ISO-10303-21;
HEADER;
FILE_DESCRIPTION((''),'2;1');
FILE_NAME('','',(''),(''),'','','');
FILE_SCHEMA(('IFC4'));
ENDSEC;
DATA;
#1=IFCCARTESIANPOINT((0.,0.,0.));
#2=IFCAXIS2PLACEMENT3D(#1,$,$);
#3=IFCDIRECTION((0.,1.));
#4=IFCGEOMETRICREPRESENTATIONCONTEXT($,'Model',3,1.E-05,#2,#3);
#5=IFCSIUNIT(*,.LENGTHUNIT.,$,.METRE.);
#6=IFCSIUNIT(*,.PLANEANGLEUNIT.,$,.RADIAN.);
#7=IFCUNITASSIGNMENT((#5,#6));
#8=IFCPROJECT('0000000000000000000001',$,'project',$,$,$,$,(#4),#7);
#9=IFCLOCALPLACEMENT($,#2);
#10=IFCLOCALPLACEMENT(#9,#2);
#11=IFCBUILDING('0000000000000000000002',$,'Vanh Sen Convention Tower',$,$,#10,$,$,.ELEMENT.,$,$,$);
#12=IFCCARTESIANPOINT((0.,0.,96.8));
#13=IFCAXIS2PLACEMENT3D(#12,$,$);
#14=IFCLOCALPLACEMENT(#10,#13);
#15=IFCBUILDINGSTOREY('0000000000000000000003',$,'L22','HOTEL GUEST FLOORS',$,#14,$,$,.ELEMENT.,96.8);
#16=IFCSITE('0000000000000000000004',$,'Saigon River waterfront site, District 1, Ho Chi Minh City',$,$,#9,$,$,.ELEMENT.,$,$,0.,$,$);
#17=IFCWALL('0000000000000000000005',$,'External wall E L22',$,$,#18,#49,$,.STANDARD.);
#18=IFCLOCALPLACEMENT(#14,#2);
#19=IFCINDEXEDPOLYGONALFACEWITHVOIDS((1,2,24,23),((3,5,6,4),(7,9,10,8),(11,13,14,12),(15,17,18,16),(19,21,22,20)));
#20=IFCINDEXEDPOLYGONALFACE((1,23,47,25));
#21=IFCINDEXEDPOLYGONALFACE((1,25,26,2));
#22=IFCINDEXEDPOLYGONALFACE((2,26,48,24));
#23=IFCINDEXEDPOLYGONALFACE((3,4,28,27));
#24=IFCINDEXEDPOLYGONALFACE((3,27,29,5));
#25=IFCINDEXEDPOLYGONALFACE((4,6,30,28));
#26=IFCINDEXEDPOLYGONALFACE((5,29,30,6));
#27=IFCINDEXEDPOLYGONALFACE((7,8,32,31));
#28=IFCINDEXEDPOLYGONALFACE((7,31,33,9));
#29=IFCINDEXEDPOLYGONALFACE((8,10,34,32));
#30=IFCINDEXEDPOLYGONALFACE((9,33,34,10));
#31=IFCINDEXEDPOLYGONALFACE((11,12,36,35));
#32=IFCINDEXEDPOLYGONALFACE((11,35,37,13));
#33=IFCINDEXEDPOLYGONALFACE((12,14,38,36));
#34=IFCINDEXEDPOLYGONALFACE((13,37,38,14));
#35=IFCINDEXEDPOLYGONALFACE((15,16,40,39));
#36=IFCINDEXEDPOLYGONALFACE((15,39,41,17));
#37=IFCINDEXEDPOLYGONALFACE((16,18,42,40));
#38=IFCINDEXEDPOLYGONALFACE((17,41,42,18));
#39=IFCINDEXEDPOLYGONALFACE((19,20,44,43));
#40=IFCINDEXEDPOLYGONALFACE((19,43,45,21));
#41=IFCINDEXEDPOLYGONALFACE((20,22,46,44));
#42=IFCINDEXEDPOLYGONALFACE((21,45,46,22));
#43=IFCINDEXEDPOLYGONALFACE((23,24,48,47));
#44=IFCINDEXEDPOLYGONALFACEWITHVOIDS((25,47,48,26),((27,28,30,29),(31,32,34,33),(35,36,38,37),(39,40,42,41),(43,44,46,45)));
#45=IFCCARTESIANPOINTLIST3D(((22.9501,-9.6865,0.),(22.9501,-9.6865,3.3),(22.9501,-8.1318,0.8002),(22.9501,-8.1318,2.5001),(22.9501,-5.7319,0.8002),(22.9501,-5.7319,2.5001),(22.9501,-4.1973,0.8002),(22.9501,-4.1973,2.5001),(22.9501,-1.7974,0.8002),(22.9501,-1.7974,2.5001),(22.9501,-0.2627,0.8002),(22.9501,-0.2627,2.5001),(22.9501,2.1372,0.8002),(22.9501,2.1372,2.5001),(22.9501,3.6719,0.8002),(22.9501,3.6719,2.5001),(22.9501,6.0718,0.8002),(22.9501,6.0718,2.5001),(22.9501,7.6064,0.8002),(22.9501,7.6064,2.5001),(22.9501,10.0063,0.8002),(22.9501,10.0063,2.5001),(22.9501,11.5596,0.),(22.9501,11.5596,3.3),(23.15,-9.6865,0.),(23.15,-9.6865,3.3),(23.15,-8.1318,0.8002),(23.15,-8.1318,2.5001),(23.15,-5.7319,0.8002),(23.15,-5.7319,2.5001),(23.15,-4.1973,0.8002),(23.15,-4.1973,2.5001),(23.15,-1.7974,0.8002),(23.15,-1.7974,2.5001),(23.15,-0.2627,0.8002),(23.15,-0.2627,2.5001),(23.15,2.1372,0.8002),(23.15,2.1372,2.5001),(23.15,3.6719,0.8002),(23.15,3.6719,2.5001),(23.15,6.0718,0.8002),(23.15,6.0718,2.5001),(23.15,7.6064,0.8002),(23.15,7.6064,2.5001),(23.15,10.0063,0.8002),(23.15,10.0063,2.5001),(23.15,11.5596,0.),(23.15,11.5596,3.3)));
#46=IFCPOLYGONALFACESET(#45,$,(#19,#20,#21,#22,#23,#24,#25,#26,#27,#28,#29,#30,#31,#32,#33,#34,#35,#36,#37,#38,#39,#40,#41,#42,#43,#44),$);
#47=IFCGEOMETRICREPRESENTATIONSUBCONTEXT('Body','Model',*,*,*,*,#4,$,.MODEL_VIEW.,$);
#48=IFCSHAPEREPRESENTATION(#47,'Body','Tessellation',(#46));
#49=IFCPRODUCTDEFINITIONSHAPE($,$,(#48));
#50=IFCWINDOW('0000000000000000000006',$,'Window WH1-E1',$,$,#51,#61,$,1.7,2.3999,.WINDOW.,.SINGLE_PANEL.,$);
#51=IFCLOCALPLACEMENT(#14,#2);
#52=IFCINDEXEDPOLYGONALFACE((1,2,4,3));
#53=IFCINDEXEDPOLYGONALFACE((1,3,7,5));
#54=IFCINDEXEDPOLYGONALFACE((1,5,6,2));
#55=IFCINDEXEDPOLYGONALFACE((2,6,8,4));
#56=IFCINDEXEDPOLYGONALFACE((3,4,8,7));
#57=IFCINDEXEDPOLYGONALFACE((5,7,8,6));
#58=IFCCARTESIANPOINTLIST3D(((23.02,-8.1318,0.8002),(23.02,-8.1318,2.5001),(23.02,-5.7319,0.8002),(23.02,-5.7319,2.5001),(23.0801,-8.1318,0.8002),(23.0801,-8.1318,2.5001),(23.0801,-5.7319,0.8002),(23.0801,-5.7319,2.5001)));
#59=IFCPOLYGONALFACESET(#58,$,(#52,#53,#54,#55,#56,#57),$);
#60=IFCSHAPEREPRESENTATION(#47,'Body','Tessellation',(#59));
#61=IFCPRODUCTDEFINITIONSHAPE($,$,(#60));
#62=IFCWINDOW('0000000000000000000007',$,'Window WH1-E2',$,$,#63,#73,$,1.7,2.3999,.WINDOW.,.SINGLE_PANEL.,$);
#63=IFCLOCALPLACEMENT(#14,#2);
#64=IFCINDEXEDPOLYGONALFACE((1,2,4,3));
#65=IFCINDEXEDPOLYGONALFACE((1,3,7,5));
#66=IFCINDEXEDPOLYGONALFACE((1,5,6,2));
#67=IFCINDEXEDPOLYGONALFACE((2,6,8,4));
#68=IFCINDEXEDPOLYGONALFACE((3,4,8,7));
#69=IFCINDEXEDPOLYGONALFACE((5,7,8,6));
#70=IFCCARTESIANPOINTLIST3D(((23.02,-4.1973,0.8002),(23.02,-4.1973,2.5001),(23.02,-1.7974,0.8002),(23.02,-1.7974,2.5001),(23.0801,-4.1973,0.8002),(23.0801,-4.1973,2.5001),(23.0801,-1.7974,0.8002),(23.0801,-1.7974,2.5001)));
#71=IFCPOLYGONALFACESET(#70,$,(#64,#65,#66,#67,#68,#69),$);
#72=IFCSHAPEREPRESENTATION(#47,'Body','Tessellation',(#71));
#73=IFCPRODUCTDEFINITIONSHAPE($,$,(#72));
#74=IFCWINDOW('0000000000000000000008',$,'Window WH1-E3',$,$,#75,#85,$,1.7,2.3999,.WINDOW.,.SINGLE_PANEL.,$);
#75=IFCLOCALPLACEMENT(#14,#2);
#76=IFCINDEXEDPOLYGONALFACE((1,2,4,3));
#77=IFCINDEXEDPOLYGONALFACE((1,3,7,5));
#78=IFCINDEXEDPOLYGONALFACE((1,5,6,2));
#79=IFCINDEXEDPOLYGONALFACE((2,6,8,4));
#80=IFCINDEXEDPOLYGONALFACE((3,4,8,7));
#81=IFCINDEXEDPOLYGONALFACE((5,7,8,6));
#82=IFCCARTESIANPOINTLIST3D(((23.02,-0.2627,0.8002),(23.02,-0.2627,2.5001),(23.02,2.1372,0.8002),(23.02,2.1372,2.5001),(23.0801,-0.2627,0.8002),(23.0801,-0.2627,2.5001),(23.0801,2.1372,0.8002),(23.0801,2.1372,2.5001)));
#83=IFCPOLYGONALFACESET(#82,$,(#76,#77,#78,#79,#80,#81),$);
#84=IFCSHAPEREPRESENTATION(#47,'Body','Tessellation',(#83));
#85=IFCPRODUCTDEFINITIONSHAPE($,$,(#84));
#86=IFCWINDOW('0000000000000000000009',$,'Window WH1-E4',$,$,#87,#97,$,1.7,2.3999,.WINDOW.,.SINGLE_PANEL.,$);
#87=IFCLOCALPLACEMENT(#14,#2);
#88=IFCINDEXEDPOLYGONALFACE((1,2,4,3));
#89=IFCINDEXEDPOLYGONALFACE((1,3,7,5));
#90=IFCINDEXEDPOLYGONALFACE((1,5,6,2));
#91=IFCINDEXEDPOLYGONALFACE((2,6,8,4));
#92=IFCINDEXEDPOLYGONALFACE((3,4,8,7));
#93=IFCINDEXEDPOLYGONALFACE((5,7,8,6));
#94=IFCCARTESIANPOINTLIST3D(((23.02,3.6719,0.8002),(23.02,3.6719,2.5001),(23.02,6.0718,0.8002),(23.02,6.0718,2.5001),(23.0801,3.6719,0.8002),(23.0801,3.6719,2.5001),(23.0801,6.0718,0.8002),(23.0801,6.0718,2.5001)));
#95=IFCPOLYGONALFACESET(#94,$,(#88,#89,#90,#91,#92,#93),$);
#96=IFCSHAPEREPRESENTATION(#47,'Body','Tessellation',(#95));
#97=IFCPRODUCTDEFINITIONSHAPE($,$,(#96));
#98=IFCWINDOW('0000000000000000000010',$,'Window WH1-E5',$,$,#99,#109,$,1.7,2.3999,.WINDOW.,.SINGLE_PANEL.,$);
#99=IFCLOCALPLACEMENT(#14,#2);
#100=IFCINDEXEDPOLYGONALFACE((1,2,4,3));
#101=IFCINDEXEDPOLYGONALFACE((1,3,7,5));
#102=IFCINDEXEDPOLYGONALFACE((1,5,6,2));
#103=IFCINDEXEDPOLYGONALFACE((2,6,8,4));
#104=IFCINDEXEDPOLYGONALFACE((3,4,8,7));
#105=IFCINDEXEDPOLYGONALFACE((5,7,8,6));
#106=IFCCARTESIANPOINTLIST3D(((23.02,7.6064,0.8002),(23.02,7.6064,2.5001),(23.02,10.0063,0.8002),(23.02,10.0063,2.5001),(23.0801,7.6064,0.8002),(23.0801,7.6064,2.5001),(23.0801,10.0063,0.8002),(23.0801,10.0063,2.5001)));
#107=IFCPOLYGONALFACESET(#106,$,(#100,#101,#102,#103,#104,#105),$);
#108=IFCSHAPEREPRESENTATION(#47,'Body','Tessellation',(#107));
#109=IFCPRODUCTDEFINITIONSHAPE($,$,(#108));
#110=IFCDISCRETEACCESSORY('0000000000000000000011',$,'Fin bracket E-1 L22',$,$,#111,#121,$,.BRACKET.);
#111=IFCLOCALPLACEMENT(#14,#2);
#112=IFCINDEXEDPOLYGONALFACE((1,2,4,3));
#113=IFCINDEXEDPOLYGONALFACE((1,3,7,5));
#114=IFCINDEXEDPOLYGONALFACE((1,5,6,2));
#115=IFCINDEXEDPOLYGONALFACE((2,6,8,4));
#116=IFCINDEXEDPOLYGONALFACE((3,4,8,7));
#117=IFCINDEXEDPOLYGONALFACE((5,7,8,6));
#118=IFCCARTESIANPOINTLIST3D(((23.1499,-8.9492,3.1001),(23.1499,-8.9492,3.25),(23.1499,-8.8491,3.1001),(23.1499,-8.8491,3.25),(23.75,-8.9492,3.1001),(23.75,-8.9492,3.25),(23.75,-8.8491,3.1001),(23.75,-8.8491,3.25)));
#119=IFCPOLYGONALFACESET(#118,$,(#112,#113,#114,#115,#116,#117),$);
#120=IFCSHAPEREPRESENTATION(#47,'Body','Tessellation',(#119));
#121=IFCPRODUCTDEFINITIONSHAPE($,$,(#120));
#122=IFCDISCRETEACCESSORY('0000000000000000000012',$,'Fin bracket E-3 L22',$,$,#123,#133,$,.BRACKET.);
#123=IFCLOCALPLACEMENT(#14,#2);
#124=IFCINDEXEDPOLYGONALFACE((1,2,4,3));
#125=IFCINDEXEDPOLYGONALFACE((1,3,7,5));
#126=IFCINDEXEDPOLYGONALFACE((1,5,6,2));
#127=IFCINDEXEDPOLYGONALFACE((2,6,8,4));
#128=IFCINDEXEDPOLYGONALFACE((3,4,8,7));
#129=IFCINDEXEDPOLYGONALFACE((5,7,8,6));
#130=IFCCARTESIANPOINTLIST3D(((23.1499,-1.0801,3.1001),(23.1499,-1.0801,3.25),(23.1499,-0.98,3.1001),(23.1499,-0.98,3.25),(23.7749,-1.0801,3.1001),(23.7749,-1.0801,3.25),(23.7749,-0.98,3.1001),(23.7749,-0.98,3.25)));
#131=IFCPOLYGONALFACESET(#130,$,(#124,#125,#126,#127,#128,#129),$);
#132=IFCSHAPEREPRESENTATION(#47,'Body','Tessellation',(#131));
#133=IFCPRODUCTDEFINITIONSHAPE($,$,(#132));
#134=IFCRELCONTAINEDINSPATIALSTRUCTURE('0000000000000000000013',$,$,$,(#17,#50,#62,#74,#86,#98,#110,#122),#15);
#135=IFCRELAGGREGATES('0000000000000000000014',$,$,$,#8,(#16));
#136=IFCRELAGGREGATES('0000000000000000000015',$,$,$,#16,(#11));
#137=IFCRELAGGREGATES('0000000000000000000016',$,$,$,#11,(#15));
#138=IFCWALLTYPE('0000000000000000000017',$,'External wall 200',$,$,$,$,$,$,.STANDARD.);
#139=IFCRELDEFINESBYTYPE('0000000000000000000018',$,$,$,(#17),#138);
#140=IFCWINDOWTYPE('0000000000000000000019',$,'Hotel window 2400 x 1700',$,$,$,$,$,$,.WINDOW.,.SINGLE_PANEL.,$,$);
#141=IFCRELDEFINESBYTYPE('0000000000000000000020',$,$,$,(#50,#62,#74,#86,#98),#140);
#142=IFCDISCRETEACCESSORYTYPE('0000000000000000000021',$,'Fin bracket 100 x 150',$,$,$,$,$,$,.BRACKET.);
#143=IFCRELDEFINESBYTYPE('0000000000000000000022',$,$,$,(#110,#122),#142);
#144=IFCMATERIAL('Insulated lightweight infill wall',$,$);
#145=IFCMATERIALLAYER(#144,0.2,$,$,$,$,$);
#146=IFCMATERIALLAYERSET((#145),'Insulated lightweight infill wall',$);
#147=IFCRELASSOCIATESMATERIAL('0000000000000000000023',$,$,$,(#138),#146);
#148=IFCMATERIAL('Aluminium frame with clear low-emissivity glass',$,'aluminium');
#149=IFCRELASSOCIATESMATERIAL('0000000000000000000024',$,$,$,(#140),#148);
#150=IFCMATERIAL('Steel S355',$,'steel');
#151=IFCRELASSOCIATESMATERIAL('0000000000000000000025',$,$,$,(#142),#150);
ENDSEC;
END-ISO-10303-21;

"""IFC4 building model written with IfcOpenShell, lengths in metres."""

from ifc_helpers import new_model, si_unit, direction, frame, frame_2d, origin, origin_2d, place, context, subcontext, project, spatial, rectangle, extrude, material, layer, layer_set, type_object, element, fill, save


model = new_model("IFC4")

# Units and contexts
model_context = context("Model", 3, precision=1e-05, world=origin(), true_north=direction((0.0, 1.0)))
body_context = subcontext(model_context, "Body", "Model", "MODEL_VIEW")
ifc_project = project(units=[si_unit("LENGTHUNIT", "METRE"), si_unit("PLANEANGLEUNIT", "RADIAN")], contexts=[model_context])

# Site, building, storey
site_placement = place(None, origin())
site = spatial("IfcSite", under=ifc_project, at=site_placement, Name="Saigon River waterfront site, District 1, Ho Chi Minh City", CompositionType="ELEMENT", RefElevation=0.0)
building_placement = place(site_placement, origin())
building = spatial("IfcBuilding", under=site, at=building_placement, Name="Vanh Sen Convention Tower", CompositionType="ELEMENT")
storey_placement = place(building_placement, frame((0.0, 0.0, 96.8)))
storey = spatial("IfcBuildingStorey", under=building, at=storey_placement, Name="L22", Description="HOTEL GUEST FLOORS", CompositionType="ELEMENT", Elevation=96.8)

# Wall, openings, windows
ifc_material_1 = material(Name="Insulated lightweight infill wall")
ifc_layer_1 = layer(ifc_material_1, 0.2)
ifc_layer_set_1 = layer_set([ifc_layer_1], Name="Insulated lightweight infill wall")
wall_type_1 = type_object("IfcWallType", Name="External wall 200", PredefinedType="STANDARD", material=ifc_layer_set_1)
wall_1_placement = place(storey_placement, frame((23.05, -9.6865, 0.0), z_axis=(0.0, 0.0, 1.0), x_axis=(0.0, 1.0, 0.0)))
wall_1 = element("IfcWall", 1, at=wall_1_placement, inside=storey, type_object=wall_type_1, Name="External wall E L22", PredefinedType="STANDARD", context=body_context, shape_type="SweptSolid", body=[
    extrude(rectangle(XDim=21.2461, YDim=0.2, at=frame_2d((10.623, 0.0))), origin(), (0.0, 0.0, 1.0), 3.3),
])
opening_1_placement = place(wall_1_placement, frame((1.5547, 0.0, 0.8)))
opening_1 = element("IfcOpeningElement", 2, at=opening_1_placement, cuts=wall_1, PredefinedType="OPENING", context=body_context, shape_type="SweptSolid", body=[
    extrude(rectangle(XDim=2.3999, YDim=1.7, at=frame_2d((1.2, 0.8501))), frame((0.0, 0.1099, 0.0), z_axis=(0.0, -1.0, 0.0), x_axis=(1.0, 0.0, 0.0)), (0.0, 0.0, 1.0), 0.22),
])
opening_2_placement = place(wall_1_placement, frame((5.4893, 0.0, 0.8)))
opening_2 = element("IfcOpeningElement", 3, at=opening_2_placement, cuts=wall_1, PredefinedType="OPENING", context=body_context, shape_type="SweptSolid", body=[
    extrude(rectangle(XDim=2.3999, YDim=1.7, at=frame_2d((1.2, 0.8501))), frame((0.0, 0.1099, 0.0), z_axis=(0.0, -1.0, 0.0), x_axis=(1.0, 0.0, 0.0)), (0.0, 0.0, 1.0), 0.22),
])
opening_3_placement = place(wall_1_placement, frame((9.4238, 0.0, 0.8)))
opening_3 = element("IfcOpeningElement", 4, at=opening_3_placement, cuts=wall_1, PredefinedType="OPENING", context=body_context, shape_type="SweptSolid", body=[
    extrude(rectangle(XDim=2.3999, YDim=1.7, at=frame_2d((1.2, 0.8501))), frame((0.0, 0.1099, 0.0), z_axis=(0.0, -1.0, 0.0), x_axis=(1.0, 0.0, 0.0)), (0.0, 0.0, 1.0), 0.22),
])
opening_4_placement = place(wall_1_placement, frame((13.3584, 0.0, 0.8)))
opening_4 = element("IfcOpeningElement", 5, at=opening_4_placement, cuts=wall_1, PredefinedType="OPENING", context=body_context, shape_type="SweptSolid", body=[
    extrude(rectangle(XDim=2.3999, YDim=1.7, at=frame_2d((1.2, 0.8501))), frame((0.0, 0.1099, 0.0), z_axis=(0.0, -1.0, 0.0), x_axis=(1.0, 0.0, 0.0)), (0.0, 0.0, 1.0), 0.22),
])
opening_5_placement = place(wall_1_placement, frame((17.293, 0.0, 0.8)))
opening_5 = element("IfcOpeningElement", 6, at=opening_5_placement, cuts=wall_1, PredefinedType="OPENING", context=body_context, shape_type="SweptSolid", body=[
    extrude(rectangle(XDim=2.3999, YDim=1.7, at=frame_2d((1.2, 0.8501))), frame((0.0, 0.1099, 0.0), z_axis=(0.0, -1.0, 0.0), x_axis=(1.0, 0.0, 0.0)), (0.0, 0.0, 1.0), 0.22),
])
ifc_material_2 = material(Name="Aluminium frame with clear low-emissivity glass", Category="aluminium")
window_type = type_object("IfcWindowType", Name="Hotel window 2400 x 1700", PartitioningType="SINGLE_PANEL", PredefinedType="WINDOW", material=ifc_material_2)
window_1_placement = place(opening_1_placement, origin())
window_1 = element("IfcWindow", 7, at=window_1_placement, inside=storey, type_object=window_type, Name="Window WH1-E1", OverallHeight=1.7, OverallWidth=2.3999, PartitioningType="SINGLE_PANEL", PredefinedType="WINDOW", context=body_context, shape_type="SweptSolid", body=[
    extrude(rectangle(XDim=2.3999, YDim=1.7, at=frame_2d((1.2, 0.8501))), frame((0.0, 0.03, 0.0), z_axis=(0.0, -1.0, 0.0), x_axis=(1.0, 0.0, 0.0)), (0.0, 0.0, 1.0), 0.0601),
])
fill(opening_1, window_1)
window_2_placement = place(opening_2_placement, origin())
window_2 = element("IfcWindow", 8, at=window_2_placement, inside=storey, type_object=window_type, Name="Window WH1-E2", OverallHeight=1.7, OverallWidth=2.3999, PartitioningType="SINGLE_PANEL", PredefinedType="WINDOW", context=body_context, shape_type="SweptSolid", body=[
    extrude(rectangle(XDim=2.3999, YDim=1.7, at=frame_2d((1.2, 0.8501))), frame((0.0, 0.03, 0.0), z_axis=(0.0, -1.0, 0.0), x_axis=(1.0, 0.0, 0.0)), (0.0, 0.0, 1.0), 0.0601),
])
fill(opening_2, window_2)
window_3_placement = place(opening_3_placement, origin())
window_3 = element("IfcWindow", 9, at=window_3_placement, inside=storey, type_object=window_type, Name="Window WH1-E3", OverallHeight=1.7, OverallWidth=2.3999, PartitioningType="SINGLE_PANEL", PredefinedType="WINDOW", context=body_context, shape_type="SweptSolid", body=[
    extrude(rectangle(XDim=2.3999, YDim=1.7, at=frame_2d((1.2, 0.8501))), frame((0.0, 0.03, 0.0), z_axis=(0.0, -1.0, 0.0), x_axis=(1.0, 0.0, 0.0)), (0.0, 0.0, 1.0), 0.0601),
])
fill(opening_3, window_3)
window_4_placement = place(opening_4_placement, origin())
window_4 = element("IfcWindow", 10, at=window_4_placement, inside=storey, type_object=window_type, Name="Window WH1-E4", OverallHeight=1.7, OverallWidth=2.3999, PartitioningType="SINGLE_PANEL", PredefinedType="WINDOW", context=body_context, shape_type="SweptSolid", body=[
    extrude(rectangle(XDim=2.3999, YDim=1.7, at=frame_2d((1.2, 0.8501))), frame((0.0, 0.03, 0.0), z_axis=(0.0, -1.0, 0.0), x_axis=(1.0, 0.0, 0.0)), (0.0, 0.0, 1.0), 0.0601),
])
fill(opening_4, window_4)
window_5_placement = place(opening_5_placement, origin())
window_5 = element("IfcWindow", 11, at=window_5_placement, inside=storey, type_object=window_type, Name="Window WH1-E5", OverallHeight=1.7, OverallWidth=2.3999, PartitioningType="SINGLE_PANEL", PredefinedType="WINDOW", context=body_context, shape_type="SweptSolid", body=[
    extrude(rectangle(XDim=2.3999, YDim=1.7, at=frame_2d((1.2, 0.8501))), frame((0.0, 0.03, 0.0), z_axis=(0.0, -1.0, 0.0), x_axis=(1.0, 0.0, 0.0)), (0.0, 0.0, 1.0), 0.0601),
])
fill(opening_5, window_5)

# Discrete accessories
ifc_material_3 = material(Name="Steel S355", Category="steel")
discrete_accessory_type = type_object("IfcDiscreteAccessoryType", Name="Fin bracket 100 x 150", PredefinedType="BRACKET", material=ifc_material_3)
discrete_accessory_1_placement = place(storey_placement, frame((23.45, -8.8992, 3.1001), z_axis=(0.0, 0.0, 1.0), x_axis=(1.0, 0.0, 0.0)))
element("IfcDiscreteAccessory", 12, at=discrete_accessory_1_placement, inside=storey, type_object=discrete_accessory_type, Name="Fin bracket E-1 L22", PredefinedType="BRACKET", context=body_context, shape_type="SweptSolid", body=[
    extrude(rectangle(XDim=0.6001, YDim=0.1001, at=origin_2d()), origin(), (0.0, 0.0, 1.0), 0.1499),
])
discrete_accessory_2_placement = place(storey_placement, frame((23.4624, -1.03, 3.1001), z_axis=(0.0, 0.0, 1.0), x_axis=(1.0, 0.0, 0.0)))
element("IfcDiscreteAccessory", 13, at=discrete_accessory_2_placement, inside=storey, type_object=discrete_accessory_type, Name="Fin bracket E-3 L22", PredefinedType="BRACKET", context=body_context, shape_type="SweptSolid", body=[
    extrude(rectangle(XDim=0.625, YDim=0.1001, at=origin_2d()), origin(), (0.0, 0.0, 1.0), 0.1499),
])

save(model, "model.ifc")
